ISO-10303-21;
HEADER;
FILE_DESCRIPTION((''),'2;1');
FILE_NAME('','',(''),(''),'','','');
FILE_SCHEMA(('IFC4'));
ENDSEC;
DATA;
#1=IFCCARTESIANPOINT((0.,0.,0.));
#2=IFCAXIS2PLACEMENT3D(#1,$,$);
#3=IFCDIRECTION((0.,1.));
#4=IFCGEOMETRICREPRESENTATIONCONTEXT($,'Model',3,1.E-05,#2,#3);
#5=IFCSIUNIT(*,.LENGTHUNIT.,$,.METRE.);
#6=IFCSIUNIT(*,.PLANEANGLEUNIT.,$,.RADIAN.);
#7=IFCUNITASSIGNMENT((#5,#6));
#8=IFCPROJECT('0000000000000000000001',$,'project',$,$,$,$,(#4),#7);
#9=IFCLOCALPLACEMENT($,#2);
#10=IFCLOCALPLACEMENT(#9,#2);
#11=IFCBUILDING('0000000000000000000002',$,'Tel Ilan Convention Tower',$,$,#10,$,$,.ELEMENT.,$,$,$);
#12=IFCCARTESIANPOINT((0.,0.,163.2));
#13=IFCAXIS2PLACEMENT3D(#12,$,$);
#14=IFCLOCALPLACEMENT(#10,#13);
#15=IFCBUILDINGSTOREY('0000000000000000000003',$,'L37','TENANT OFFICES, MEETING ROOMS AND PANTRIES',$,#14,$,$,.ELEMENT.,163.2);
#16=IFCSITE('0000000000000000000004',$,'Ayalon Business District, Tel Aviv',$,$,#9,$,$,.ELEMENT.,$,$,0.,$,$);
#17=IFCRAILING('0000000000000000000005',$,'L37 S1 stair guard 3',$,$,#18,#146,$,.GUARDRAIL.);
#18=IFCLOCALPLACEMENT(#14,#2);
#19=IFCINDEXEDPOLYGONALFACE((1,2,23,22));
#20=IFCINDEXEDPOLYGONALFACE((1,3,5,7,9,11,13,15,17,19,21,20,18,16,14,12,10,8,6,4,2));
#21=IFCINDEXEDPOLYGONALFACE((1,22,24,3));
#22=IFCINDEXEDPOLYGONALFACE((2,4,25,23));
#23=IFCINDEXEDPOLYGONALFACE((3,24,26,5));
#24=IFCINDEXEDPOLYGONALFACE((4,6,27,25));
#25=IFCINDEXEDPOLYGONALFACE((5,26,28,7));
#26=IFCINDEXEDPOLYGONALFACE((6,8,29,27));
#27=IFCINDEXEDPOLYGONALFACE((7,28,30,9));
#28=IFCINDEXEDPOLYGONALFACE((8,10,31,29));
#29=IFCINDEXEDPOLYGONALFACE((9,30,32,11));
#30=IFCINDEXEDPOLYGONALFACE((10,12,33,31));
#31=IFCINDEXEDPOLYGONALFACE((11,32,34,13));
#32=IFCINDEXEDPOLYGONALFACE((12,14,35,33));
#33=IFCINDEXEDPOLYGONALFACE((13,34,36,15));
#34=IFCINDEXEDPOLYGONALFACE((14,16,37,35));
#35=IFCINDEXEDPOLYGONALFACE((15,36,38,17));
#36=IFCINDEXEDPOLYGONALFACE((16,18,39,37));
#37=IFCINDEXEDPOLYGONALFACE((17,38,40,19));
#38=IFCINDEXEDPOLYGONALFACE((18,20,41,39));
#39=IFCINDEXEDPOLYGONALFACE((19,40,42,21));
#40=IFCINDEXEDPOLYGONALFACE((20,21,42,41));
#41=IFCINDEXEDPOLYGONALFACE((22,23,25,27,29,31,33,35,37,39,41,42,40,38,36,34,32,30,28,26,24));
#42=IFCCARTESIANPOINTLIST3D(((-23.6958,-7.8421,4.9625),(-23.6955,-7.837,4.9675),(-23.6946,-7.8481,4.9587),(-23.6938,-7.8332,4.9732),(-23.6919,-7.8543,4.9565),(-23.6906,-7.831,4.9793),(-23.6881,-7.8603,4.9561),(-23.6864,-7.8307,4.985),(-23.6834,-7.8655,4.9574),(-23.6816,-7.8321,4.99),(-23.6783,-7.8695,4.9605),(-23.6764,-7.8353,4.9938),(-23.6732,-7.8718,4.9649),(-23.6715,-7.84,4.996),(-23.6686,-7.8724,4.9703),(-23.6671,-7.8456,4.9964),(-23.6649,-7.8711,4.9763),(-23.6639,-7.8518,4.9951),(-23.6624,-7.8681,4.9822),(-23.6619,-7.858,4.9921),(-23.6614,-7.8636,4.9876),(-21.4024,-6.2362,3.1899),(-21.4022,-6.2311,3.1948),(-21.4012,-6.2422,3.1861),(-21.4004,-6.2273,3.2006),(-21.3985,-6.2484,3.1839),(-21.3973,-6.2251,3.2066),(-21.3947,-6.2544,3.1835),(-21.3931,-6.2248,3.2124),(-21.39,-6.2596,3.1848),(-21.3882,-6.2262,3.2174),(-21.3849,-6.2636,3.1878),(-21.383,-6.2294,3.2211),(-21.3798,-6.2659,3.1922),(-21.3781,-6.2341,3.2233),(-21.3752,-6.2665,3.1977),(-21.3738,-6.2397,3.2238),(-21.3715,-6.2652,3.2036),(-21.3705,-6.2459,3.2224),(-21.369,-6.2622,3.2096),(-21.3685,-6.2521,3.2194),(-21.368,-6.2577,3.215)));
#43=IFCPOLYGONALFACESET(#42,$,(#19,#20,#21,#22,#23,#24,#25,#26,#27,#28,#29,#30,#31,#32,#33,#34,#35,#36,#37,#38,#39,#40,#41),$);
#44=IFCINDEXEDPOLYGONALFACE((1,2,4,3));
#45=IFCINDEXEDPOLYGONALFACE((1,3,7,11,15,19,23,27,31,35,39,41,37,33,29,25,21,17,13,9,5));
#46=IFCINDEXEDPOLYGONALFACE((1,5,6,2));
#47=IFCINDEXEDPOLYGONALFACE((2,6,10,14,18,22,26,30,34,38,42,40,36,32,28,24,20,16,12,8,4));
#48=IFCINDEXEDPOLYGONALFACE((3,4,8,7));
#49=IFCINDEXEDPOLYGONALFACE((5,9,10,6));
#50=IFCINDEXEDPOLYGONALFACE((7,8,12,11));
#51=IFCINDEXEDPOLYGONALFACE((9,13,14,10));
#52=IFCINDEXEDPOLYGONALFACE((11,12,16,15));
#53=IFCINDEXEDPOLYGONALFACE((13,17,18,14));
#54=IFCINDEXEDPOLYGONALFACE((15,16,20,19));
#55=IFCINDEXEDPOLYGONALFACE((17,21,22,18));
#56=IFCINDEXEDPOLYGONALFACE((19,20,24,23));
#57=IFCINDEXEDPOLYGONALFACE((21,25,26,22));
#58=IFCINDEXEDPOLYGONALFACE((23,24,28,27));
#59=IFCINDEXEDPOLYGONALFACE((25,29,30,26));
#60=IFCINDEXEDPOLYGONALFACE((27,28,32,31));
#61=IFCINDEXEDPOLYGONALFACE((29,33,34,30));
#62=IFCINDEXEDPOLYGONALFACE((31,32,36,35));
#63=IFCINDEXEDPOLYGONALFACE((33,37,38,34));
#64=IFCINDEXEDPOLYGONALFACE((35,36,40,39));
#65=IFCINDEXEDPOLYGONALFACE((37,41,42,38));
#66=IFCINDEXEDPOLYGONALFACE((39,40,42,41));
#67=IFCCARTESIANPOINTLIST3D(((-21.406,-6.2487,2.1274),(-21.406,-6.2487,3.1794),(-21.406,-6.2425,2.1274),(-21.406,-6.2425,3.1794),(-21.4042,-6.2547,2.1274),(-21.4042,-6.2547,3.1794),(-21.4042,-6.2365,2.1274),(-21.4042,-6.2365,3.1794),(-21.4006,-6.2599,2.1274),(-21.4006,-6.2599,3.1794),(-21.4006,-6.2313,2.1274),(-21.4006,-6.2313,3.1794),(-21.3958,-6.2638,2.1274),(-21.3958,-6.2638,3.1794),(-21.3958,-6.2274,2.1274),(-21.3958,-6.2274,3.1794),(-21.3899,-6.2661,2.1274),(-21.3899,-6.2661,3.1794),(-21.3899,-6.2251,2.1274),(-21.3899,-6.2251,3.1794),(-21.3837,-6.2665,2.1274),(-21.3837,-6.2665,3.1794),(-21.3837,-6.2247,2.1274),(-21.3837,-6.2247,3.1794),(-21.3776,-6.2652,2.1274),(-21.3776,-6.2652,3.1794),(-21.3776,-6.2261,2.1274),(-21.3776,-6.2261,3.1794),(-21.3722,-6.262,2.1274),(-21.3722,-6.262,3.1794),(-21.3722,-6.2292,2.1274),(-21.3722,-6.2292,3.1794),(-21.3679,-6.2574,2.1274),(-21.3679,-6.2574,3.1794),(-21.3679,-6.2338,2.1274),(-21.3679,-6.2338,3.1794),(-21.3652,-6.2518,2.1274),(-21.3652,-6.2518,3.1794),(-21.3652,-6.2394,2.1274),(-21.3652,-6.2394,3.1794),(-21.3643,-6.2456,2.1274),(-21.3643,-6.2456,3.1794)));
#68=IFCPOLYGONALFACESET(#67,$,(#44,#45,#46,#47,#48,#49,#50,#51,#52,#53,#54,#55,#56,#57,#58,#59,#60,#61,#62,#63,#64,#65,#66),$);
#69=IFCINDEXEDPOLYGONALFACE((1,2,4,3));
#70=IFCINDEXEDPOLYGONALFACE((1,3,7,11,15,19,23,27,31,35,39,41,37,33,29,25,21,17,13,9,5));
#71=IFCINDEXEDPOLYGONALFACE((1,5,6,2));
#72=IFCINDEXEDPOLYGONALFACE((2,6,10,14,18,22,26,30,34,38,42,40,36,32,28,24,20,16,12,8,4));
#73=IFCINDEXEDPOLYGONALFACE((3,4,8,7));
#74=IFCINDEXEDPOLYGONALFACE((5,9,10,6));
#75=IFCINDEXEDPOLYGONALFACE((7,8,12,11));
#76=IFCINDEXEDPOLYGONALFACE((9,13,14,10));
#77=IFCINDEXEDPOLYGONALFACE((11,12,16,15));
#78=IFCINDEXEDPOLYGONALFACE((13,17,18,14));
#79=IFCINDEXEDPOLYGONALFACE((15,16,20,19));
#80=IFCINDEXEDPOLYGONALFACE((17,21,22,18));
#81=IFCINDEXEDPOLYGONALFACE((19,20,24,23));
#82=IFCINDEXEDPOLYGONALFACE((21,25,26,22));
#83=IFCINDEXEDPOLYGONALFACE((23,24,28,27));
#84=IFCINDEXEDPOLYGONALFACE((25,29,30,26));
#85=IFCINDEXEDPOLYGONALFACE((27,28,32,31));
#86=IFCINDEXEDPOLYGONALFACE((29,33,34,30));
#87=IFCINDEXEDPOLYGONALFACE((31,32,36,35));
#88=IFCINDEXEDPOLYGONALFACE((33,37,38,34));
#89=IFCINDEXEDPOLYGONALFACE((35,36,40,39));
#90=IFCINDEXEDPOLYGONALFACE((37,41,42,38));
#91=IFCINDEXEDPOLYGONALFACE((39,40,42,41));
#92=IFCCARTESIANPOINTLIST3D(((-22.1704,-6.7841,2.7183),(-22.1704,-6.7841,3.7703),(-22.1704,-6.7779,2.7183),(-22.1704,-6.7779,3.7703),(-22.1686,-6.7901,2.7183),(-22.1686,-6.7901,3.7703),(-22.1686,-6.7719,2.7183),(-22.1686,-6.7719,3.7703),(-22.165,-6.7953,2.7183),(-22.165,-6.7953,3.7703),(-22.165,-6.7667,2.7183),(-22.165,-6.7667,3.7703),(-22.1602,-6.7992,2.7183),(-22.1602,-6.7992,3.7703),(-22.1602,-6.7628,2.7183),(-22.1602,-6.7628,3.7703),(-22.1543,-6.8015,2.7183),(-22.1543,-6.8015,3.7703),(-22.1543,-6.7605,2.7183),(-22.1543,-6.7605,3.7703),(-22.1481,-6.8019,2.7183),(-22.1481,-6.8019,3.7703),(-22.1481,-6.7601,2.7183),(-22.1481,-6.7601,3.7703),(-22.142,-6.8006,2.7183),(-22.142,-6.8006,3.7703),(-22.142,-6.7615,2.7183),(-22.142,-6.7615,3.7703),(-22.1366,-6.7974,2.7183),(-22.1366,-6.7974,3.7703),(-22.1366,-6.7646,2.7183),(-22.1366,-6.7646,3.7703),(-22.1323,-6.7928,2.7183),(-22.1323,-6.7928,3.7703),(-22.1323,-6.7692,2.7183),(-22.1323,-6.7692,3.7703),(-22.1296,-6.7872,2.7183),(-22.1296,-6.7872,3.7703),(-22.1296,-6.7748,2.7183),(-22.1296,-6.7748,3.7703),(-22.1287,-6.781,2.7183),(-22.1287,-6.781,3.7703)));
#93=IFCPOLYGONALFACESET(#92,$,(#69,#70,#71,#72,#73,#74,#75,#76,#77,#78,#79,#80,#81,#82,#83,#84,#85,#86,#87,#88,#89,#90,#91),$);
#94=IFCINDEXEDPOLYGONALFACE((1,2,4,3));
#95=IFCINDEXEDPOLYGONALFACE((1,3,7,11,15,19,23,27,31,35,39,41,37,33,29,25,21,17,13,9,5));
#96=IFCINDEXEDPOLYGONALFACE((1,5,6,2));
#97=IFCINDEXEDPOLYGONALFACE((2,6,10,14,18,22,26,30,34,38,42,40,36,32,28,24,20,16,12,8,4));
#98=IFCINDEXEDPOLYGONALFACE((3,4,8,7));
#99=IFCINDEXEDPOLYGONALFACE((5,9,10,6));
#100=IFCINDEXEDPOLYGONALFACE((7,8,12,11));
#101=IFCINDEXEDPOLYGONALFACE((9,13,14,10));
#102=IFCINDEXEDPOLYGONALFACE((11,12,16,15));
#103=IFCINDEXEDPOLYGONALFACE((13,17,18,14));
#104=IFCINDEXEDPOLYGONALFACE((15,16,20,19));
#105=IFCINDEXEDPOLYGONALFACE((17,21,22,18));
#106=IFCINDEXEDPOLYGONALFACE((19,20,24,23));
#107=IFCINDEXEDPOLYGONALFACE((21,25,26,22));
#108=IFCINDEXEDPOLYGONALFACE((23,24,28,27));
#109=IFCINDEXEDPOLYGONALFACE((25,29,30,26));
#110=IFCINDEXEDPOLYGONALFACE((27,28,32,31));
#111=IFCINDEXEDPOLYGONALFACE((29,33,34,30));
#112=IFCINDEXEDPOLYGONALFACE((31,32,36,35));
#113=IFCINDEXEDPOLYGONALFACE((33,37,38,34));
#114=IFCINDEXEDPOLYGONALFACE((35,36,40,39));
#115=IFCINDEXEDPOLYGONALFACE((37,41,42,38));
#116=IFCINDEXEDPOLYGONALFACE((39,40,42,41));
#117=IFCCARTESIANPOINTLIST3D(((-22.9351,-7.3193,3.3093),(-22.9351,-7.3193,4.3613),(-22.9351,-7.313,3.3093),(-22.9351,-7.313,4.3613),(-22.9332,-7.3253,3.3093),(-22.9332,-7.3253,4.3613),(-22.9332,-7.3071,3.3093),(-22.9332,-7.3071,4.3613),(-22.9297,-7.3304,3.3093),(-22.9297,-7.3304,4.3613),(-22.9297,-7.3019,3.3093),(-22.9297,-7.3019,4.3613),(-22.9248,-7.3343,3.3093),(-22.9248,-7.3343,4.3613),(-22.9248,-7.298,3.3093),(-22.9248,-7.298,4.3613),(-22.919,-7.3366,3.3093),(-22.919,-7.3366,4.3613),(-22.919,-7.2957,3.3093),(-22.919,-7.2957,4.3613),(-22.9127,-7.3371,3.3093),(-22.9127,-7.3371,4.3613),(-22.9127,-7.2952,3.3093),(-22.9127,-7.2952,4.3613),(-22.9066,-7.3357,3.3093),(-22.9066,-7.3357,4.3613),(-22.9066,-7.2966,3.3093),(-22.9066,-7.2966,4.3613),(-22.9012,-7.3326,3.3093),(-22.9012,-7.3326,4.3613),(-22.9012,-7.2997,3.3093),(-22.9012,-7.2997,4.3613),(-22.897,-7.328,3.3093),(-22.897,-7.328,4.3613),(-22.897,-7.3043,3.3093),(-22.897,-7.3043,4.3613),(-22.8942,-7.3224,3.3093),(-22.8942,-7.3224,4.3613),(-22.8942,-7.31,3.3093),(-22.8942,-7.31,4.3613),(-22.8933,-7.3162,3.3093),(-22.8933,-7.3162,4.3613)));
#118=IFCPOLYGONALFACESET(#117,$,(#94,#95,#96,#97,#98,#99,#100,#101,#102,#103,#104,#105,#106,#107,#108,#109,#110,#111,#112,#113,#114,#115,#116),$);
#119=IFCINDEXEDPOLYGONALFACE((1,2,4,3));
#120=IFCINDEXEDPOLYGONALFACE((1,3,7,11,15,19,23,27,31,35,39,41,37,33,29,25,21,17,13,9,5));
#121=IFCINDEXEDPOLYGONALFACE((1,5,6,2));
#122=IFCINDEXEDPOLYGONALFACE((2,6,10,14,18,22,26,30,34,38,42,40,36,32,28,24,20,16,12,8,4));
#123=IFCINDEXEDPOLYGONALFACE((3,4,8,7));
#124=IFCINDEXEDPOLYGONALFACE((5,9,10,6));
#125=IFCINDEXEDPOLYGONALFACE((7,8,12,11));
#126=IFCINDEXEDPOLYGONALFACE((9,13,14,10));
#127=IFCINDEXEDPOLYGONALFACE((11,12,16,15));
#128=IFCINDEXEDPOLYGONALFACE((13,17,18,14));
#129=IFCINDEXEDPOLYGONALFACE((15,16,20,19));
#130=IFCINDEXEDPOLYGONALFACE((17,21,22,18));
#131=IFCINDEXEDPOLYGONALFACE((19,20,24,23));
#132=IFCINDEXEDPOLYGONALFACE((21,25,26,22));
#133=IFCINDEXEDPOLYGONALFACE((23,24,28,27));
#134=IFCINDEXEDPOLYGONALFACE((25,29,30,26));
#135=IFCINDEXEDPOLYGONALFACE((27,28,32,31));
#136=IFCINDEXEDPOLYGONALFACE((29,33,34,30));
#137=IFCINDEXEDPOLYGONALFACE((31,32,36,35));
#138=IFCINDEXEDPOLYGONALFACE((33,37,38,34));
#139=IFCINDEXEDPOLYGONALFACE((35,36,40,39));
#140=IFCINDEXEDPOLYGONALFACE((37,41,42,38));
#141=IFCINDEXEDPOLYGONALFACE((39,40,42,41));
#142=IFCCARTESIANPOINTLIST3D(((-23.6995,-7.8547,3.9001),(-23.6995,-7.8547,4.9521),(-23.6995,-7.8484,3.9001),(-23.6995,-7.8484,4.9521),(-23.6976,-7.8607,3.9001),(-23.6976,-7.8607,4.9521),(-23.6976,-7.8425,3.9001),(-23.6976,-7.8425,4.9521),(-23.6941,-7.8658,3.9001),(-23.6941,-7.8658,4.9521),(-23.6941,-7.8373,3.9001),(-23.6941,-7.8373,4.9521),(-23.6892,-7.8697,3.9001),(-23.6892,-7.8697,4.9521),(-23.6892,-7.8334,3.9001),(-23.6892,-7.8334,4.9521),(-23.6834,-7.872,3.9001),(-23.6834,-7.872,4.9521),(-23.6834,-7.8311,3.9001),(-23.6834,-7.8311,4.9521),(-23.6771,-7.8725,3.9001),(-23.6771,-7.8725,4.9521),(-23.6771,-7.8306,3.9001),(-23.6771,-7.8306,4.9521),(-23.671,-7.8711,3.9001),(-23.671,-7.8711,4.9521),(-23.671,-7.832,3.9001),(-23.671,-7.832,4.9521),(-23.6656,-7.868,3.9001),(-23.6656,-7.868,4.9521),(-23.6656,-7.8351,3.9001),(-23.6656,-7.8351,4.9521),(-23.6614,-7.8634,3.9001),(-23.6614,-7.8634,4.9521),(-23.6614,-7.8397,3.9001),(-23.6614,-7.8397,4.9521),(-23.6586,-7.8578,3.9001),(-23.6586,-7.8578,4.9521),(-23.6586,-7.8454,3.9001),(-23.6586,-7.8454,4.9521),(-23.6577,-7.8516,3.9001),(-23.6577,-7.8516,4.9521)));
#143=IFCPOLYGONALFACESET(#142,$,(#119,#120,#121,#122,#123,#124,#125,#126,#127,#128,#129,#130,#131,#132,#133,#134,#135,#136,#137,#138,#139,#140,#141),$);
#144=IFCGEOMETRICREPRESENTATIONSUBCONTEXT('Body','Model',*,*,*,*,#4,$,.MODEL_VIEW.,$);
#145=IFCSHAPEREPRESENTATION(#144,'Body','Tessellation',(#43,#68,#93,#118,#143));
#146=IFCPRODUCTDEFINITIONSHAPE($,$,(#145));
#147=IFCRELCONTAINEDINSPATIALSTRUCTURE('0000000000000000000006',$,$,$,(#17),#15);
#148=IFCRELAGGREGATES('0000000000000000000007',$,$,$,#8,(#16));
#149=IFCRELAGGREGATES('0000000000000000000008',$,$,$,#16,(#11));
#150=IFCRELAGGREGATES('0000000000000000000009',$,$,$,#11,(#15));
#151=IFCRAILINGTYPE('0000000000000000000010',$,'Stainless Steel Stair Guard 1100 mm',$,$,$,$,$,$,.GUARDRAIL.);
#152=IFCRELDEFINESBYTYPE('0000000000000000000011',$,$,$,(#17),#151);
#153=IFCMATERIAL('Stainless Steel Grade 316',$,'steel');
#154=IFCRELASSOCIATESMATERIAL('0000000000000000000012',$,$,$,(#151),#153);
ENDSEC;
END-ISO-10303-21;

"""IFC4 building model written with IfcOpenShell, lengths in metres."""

from ifc_helpers import new_model, si_unit, direction, frame, origin, origin_2d, place, context, subcontext, project, spatial, circle, extrude, material, type_object, element, save


model = new_model("IFC4")

# Units and contexts
model_context = context("Model", 3, precision=1e-05, world=origin(), true_north=direction((0.0, 1.0)))
body_context = subcontext(model_context, "Body", "Model", "MODEL_VIEW")
ifc_project = project(units=[si_unit("LENGTHUNIT", "METRE"), si_unit("PLANEANGLEUNIT", "RADIAN")], contexts=[model_context])

# Site, building, storey
site_placement = place(None, origin())
site = spatial("IfcSite", under=ifc_project, at=site_placement, Name="Ayalon Business District, Tel Aviv", CompositionType="ELEMENT", RefElevation=0.0)
building_placement = place(site_placement, origin())
building = spatial("IfcBuilding", under=site, at=building_placement, Name="Tel Ilan Convention Tower", CompositionType="ELEMENT")
storey_placement = place(building_placement, frame((0.0, 0.0, 163.2)))
storey = spatial("IfcBuildingStorey", under=building, at=storey_placement, Name="L37", Description="TENANT OFFICES, MEETING ROOMS AND PANTRIES", CompositionType="ELEMENT", Elevation=163.2)

# Railing
ifc_material_1 = material(Name="Stainless Steel Grade 316", Category="steel")
railing_type_1 = type_object("IfcRailingType", Name="Stainless Steel Stair Guard 1100 mm", PredefinedType="GUARDRAIL", material=ifc_material_1)
railing_1_placement = place(storey_placement, frame((-21.3853, -6.2456, 2.1274)))
element("IfcRailing", 1, at=railing_1_placement, inside=storey, type_object=railing_type_1, Name="L37 S1 stair guard 3", PredefinedType="GUARDRAIL", context=body_context, shape_type="SweptSolid", body=[
    extrude(circle(Radius=0.0239, at=origin_2d()), frame((0.0, 0.0, 1.0762), z_axis=(-0.692085, -0.484621, 0.53494), x_axis=(0.573591, -0.819142, 0.0)), (0.0, 0.0, 1.0), 3.3137),
    extrude(circle(Radius=0.021, at=origin_2d()), origin(), (0.0, 0.0, 1.0), 1.052),
    extrude(circle(Radius=0.021, at=origin_2d()), frame((-0.7644, -0.5354, 0.5908)), (0.0, 0.0, 1.0), 1.052),
    extrude(circle(Radius=0.021, at=origin_2d()), frame((-1.5291, -1.0706, 1.1819)), (0.0, 0.0, 1.0), 1.052),
    extrude(circle(Radius=0.021, at=origin_2d()), frame((-2.2935, -1.606, 1.7727)), (0.0, 0.0, 1.0), 1.052),
])

save(model, "model.ifc")
